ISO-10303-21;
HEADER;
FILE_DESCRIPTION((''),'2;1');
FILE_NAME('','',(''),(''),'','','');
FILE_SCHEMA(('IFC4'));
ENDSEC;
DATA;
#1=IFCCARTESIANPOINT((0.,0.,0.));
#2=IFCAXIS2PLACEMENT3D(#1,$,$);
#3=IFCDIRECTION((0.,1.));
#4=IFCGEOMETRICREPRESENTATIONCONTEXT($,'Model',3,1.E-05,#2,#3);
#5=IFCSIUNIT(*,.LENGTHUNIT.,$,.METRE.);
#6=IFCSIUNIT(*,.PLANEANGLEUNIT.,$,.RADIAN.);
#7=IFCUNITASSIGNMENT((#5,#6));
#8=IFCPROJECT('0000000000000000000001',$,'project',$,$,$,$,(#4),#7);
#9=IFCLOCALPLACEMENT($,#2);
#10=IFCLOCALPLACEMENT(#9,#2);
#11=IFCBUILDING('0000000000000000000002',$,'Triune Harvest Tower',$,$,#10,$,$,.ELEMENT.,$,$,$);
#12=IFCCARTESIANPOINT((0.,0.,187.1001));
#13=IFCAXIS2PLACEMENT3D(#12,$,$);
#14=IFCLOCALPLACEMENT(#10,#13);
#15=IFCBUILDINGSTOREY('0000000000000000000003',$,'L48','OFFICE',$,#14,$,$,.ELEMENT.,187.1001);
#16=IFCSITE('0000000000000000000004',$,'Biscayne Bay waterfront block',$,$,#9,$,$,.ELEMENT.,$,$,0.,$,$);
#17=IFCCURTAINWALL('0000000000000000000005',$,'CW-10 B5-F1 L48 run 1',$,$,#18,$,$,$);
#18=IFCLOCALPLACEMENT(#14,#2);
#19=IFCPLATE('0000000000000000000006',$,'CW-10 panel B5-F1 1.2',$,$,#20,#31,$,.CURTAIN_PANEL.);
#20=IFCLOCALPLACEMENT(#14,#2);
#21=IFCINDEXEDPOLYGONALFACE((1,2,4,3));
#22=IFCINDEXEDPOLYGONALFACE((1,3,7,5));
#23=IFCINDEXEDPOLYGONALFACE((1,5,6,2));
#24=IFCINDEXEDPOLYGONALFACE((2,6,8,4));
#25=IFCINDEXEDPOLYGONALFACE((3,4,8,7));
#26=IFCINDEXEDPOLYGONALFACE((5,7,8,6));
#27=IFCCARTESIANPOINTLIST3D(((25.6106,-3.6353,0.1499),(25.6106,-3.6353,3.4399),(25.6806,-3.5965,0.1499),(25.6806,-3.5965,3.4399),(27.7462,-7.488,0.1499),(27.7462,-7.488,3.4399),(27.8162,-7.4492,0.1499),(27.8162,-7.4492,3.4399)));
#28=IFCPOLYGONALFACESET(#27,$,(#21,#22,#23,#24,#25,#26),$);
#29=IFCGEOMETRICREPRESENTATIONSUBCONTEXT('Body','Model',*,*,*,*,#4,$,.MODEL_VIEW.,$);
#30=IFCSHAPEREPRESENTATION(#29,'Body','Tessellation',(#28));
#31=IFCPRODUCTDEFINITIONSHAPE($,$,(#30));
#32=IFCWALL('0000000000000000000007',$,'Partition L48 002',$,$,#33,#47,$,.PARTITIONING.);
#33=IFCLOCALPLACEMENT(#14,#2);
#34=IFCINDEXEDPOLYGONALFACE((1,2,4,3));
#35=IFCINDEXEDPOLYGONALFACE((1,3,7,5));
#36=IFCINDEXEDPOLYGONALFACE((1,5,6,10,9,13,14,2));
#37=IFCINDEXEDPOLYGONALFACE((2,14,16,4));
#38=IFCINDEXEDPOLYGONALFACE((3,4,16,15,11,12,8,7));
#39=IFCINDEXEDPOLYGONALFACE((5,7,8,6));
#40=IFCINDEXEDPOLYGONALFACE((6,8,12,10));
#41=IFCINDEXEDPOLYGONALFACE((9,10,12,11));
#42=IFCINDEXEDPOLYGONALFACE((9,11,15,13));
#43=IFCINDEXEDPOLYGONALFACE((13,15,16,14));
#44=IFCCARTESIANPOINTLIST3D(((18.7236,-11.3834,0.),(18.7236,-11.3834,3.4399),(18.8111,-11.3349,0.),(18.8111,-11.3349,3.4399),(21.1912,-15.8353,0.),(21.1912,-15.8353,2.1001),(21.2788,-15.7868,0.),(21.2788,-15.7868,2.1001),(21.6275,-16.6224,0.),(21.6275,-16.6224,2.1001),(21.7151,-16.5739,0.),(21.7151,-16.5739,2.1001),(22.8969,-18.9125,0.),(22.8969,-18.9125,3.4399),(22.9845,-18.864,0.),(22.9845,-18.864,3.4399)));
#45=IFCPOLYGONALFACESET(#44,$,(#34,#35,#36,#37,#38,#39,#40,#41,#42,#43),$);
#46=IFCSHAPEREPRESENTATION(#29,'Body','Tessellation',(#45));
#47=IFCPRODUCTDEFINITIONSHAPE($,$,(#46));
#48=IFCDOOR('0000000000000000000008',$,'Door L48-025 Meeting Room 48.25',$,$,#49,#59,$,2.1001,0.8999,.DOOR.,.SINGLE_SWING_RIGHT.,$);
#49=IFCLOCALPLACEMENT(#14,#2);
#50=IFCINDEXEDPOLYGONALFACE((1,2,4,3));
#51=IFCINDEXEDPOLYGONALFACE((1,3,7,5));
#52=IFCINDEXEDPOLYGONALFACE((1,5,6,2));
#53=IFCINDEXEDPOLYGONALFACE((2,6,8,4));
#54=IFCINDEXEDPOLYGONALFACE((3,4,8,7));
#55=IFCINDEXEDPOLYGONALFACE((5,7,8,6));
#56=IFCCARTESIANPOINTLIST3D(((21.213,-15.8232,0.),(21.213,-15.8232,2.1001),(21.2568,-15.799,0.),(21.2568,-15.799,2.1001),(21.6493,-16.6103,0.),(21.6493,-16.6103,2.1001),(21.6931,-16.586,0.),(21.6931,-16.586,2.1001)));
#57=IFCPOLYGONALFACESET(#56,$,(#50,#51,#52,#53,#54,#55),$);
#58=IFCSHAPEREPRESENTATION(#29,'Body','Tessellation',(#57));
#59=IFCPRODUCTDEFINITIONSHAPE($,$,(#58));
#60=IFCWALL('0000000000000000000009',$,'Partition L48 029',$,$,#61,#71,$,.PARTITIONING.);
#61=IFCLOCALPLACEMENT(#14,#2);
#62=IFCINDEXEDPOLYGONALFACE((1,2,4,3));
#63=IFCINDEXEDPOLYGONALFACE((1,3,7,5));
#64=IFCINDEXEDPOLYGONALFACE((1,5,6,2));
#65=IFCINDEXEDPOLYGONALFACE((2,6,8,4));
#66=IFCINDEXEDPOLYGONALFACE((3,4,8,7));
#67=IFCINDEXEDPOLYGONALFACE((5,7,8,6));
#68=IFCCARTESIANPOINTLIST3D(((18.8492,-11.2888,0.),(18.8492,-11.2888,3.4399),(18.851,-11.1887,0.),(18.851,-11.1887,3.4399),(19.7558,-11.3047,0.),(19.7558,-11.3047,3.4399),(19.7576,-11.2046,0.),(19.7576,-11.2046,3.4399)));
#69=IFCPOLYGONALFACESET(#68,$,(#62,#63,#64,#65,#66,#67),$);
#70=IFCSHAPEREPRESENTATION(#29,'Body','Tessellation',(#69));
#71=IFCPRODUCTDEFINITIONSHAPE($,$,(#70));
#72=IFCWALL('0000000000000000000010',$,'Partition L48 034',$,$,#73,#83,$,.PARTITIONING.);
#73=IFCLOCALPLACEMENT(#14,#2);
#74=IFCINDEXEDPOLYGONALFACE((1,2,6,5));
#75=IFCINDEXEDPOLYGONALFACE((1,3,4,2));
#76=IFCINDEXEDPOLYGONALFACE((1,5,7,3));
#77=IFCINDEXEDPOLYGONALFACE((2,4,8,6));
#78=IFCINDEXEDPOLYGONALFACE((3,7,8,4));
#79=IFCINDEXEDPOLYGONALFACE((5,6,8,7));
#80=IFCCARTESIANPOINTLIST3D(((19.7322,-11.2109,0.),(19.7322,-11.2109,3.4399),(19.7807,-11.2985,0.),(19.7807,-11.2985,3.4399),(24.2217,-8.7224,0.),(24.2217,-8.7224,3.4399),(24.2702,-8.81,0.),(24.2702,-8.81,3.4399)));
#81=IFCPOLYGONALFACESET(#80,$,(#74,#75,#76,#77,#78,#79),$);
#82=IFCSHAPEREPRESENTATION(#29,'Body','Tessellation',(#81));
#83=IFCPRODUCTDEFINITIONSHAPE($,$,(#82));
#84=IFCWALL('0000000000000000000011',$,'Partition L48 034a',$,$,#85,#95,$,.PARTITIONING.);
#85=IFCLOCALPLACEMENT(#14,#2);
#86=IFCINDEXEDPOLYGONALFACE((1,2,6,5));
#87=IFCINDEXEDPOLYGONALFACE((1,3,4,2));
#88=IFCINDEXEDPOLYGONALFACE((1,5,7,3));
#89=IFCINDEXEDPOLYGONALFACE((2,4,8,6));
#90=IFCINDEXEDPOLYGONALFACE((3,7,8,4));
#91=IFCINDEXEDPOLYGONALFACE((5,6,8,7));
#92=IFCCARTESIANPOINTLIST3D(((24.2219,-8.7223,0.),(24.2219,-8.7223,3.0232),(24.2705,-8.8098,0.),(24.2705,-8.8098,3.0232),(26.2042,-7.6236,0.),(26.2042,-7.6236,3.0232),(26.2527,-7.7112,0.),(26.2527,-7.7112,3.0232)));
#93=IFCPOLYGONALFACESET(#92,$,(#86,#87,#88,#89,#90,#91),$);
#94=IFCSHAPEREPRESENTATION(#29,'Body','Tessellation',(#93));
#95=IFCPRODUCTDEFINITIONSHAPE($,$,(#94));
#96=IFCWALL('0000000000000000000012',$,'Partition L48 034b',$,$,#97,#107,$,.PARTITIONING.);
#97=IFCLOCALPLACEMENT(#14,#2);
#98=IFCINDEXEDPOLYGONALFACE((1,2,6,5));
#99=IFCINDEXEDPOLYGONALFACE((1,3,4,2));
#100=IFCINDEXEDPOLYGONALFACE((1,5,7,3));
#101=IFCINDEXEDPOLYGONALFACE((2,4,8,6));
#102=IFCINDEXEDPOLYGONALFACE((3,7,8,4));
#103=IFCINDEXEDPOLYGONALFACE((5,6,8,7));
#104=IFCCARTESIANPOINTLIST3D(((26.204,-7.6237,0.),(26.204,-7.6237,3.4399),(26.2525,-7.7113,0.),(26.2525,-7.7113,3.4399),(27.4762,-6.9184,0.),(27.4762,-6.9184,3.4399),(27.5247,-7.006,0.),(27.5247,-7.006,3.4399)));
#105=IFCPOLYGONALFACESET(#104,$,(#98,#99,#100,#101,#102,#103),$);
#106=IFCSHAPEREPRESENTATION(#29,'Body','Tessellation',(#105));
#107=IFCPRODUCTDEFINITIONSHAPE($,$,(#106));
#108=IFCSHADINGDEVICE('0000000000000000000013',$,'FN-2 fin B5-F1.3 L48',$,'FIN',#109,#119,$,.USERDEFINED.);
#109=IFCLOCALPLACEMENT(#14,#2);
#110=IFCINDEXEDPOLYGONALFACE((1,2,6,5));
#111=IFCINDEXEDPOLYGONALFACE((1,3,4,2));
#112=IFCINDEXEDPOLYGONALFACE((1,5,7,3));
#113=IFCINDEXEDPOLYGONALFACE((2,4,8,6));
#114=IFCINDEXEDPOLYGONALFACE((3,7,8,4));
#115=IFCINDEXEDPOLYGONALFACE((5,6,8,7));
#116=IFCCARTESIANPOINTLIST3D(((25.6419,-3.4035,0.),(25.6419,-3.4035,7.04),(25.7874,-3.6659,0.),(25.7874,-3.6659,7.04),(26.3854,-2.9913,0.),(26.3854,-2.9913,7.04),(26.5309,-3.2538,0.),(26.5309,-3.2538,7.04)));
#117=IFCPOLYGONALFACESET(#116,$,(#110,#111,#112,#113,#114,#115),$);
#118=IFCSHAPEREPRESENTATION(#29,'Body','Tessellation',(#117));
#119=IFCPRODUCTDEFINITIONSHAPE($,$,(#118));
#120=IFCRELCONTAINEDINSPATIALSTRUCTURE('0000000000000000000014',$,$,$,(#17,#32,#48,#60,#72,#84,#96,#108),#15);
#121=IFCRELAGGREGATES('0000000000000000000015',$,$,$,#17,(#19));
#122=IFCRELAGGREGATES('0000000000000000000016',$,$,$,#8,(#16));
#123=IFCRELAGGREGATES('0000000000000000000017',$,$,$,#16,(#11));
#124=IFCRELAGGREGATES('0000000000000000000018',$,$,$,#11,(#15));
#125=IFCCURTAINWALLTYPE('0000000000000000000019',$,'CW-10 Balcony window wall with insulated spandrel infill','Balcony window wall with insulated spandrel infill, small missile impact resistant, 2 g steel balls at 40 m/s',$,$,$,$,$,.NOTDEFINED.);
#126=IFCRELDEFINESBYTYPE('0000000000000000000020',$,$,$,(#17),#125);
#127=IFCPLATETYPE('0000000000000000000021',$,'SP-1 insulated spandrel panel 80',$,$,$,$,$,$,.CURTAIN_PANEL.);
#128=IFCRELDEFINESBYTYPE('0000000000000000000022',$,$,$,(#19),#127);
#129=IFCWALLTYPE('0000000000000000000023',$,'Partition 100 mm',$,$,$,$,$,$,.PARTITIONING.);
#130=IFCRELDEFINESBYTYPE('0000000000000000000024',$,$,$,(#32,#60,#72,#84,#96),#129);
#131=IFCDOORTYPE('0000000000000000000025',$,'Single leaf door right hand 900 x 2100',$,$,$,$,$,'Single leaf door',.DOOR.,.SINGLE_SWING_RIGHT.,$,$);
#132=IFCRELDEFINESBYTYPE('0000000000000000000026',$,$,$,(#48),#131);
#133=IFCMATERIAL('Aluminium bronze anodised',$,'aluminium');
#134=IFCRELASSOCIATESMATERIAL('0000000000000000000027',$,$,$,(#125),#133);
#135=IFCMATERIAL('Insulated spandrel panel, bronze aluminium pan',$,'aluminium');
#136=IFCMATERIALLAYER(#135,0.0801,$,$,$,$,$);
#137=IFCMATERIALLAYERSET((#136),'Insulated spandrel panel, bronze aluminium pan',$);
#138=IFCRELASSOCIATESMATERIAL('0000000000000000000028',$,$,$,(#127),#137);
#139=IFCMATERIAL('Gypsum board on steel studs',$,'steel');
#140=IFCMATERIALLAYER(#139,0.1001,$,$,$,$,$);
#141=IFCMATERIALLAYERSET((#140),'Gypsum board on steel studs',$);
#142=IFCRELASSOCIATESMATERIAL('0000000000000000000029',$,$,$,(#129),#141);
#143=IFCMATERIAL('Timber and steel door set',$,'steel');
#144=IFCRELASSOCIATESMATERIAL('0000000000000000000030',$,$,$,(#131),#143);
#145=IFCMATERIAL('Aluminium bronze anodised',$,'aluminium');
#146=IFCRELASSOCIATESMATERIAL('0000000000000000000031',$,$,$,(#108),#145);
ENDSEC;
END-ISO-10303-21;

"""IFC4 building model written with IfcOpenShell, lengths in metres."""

from ifc_helpers import new_model, si_unit, direction, frame, frame_2d, origin, origin_2d, place, context, subcontext, project, spatial, rectangle, extrude, source, transform, mapped, material, layer, layer_set, type_object, element, fill, aggregate, save


model = new_model("IFC4")

# Units and contexts
model_context = context("Model", 3, precision=1e-05, world=origin(), true_north=direction((0.0, 1.0)))
body_context = subcontext(model_context, "Body", "Model", "MODEL_VIEW")
ifc_project = project(units=[si_unit("LENGTHUNIT", "METRE"), si_unit("PLANEANGLEUNIT", "RADIAN")], contexts=[model_context])

# Site, building, storey
site_placement = place(None, origin())
site = spatial("IfcSite", under=ifc_project, at=site_placement, Name="Biscayne Bay waterfront block", CompositionType="ELEMENT", RefElevation=0.0)
building_placement = place(site_placement, origin())
building = spatial("IfcBuilding", under=site, at=building_placement, Name="Triune Harvest Tower", CompositionType="ELEMENT")
storey_placement = place(building_placement, frame((0.0, 0.0, 187.1001)))
storey = spatial("IfcBuildingStorey", under=building, at=storey_placement, Name="L48", Description="OFFICE", CompositionType="ELEMENT", Elevation=187.1001)

# Curtain wall
ifc_material_1 = material(Name="Aluminium bronze anodised", Category="aluminium")
curtain_wall_type_1 = type_object("IfcCurtainWallType", Name="CW-10 Balcony window wall with insulated spandrel infill", Description="Balcony window wall with insulated spandrel infill, small missile impact resistant, 2 g steel balls at 40 m/s", PredefinedType="NOTDEFINED", material=ifc_material_1)
curtain_wall_1_placement = place(storey_placement, origin())
curtain_wall_1 = element("IfcCurtainWall", 1, at=curtain_wall_1_placement, inside=storey, type_object=curtain_wall_type_1, Name="CW-10 B5-F1 L48 run 1")

# Plate
ifc_material_2 = material(Name="Insulated spandrel panel, bronze aluminium pan", Category="aluminium")
ifc_layer_1 = layer(ifc_material_2, 0.0801)
ifc_layer_set_1 = layer_set([ifc_layer_1], Name="Insulated spandrel panel, bronze aluminium pan")
plate_type_1 = type_object("IfcPlateType", Name="SP-1 insulated spandrel panel 80", PredefinedType="CURTAIN_PANEL", material=ifc_layer_set_1)
shared_shape_1 = source(origin(), body_context, "Body", "SweptSolid", [
    extrude(rectangle(XDim=4.405, YDim=0.0801, at=origin_2d()), origin(), (0.0, 0.0, 1.0), 3.29),
])
plate_1_placement = place(storey_placement, frame((26.7134, -5.5422, 0.1499), z_axis=(0.0, 0.0, 1.0), x_axis=(-0.484807, 0.874621, 0.0)))
plate_1 = element("IfcPlate", 2, at=plate_1_placement, type_object=plate_type_1, Name="CW-10 panel B5-F1 1.2", PredefinedType="CURTAIN_PANEL", context=body_context, shape_type="MappedRepresentation", body=[
    mapped(shared_shape_1, transform((0.0, 0.0, 0.0), scale=1.0)),
])
aggregate(curtain_wall_1, [plate_1])

# Wall, opening, door
ifc_material_3 = material(Name="Gypsum board on steel studs", Category="steel")
ifc_layer_2 = layer(ifc_material_3, 0.1001)
ifc_layer_set_2 = layer_set([ifc_layer_2], Name="Gypsum board on steel studs")
wall_type = type_object("IfcWallType", Name="Partition 100 mm", PredefinedType="PARTITIONING", material=ifc_layer_set_2)
wall_1_placement = place(storey_placement, frame((18.7673, -11.3591, 0.0), z_axis=(0.0, 0.0, 1.0), x_axis=(0.484802, -0.874624, 0.0)))
wall_1 = element("IfcWall", 3, at=wall_1_placement, inside=storey, type_object=wall_type, Name="Partition L48 002", PredefinedType="PARTITIONING", context=body_context, shape_type="SweptSolid", body=[
    extrude(rectangle(XDim=8.6084, YDim=0.1001, at=frame_2d((4.3042, 0.0))), origin(), (0.0, 0.0, 1.0), 3.4399),
])
opening_placement = place(wall_1_placement, frame((5.0901, 0.0, 0.0)))
opening = element("IfcOpeningElement", 4, at=opening_placement, cuts=wall_1, PredefinedType="OPENING", context=body_context, shape_type="SweptSolid", body=[
    extrude(rectangle(XDim=0.8999, YDim=2.1001, at=frame_2d((0.45, 1.05))), frame((0.0, 0.0601, 0.0), z_axis=(0.0, -1.0, 0.0), x_axis=(1.0, 0.0, 0.0)), (0.0, 0.0, 1.0), 0.1201),
])
ifc_material_4 = material(Name="Timber and steel door set", Category="steel")
door_type = type_object("IfcDoorType", Name="Single leaf door right hand 900 x 2100", ElementType="Single leaf door", OperationType="SINGLE_SWING_RIGHT", PredefinedType="DOOR", material=ifc_material_4)
door_placement = place(opening_placement, origin())
door = element("IfcDoor", 5, at=door_placement, inside=storey, type_object=door_type, Name="Door L48-025 Meeting Room 48.25", OperationType="SINGLE_SWING_RIGHT", OverallHeight=2.1001, OverallWidth=0.8999, PredefinedType="DOOR", context=body_context, shape_type="SweptSolid", body=[
    extrude(rectangle(XDim=0.8999, YDim=2.1001, at=frame_2d((0.45, 1.05))), frame((0.0, 0.0249, 0.0), z_axis=(0.0, -1.0, 0.0), x_axis=(1.0, 0.0, 0.0)), (0.0, 0.0, 1.0), 0.05),
])
fill(opening, door)

# Walls
wall_2_placement = place(storey_placement, frame((18.8501, -11.2388, 0.0), z_axis=(0.0, 0.0, 1.0), x_axis=(0.999847, -0.017503, 0.0)))
element("IfcWall", 6, at=wall_2_placement, inside=storey, type_object=wall_type, Name="Partition L48 029", PredefinedType="PARTITIONING", context=body_context, shape_type="SweptSolid", body=[
    extrude(rectangle(XDim=0.9067, YDim=0.1001, at=frame_2d((0.4534, 0.0))), origin(), (0.0, 0.0, 1.0), 3.4399),
])
wall_3_placement = place(storey_placement, frame((19.7566, -11.2546, 0.0), z_axis=(0.0, 0.0, 1.0), x_axis=(0.874624, 0.484803, 0.0)))
element("IfcWall", 7, at=wall_3_placement, inside=storey, type_object=wall_type, Name="Partition L48 034", PredefinedType="PARTITIONING", context=body_context, shape_type="SweptSolid", body=[
    extrude(rectangle(XDim=5.1331, YDim=0.1001, at=frame_2d((2.5664, 0.0))), origin(), (0.0, 0.0, 1.0), 3.4399),
])
wall_4_placement = place(storey_placement, frame((24.2461, -8.7661, 0.0), z_axis=(0.0, 0.0, 1.0), x_axis=(0.87464, 0.484774, 0.0)))
element("IfcWall", 8, at=wall_4_placement, inside=storey, type_object=wall_type, Name="Partition L48 034a", PredefinedType="PARTITIONING", context=body_context, shape_type="SweptSolid", body=[
    extrude(rectangle(XDim=2.2664, YDim=0.1001, at=frame_2d((1.1333, 0.0))), origin(), (0.0, 0.0, 1.0), 3.0232),
])
shared_shape_2 = source(origin(), body_context, "Body", "SweptSolid", [
    extrude(rectangle(XDim=1.4546, YDim=0.1001, at=frame_2d((0.7273, 0.0))), origin(), (0.0, 0.0, 1.0), 3.4399),
])
wall_5_placement = place(storey_placement, frame((26.2283, -7.6675, 0.0), z_axis=(0.0, 0.0, 1.0), x_axis=(0.874584, 0.484873, 0.0)))
element("IfcWall", 9, at=wall_5_placement, inside=storey, type_object=wall_type, Name="Partition L48 034b", PredefinedType="PARTITIONING", context=body_context, shape_type="MappedRepresentation", body=[
    mapped(shared_shape_2, transform((0.0, 0.0, 0.0), scale=1.0)),
])

# Shading device
ifc_material_5 = material(Name="Aluminium bronze anodised", Category="aluminium")
shared_shape_3 = source(origin(), body_context, "Body", "SweptSolid", [
    extrude(rectangle(XDim=0.3, YDim=0.8501, at=origin_2d()), origin(), (0.0, 0.0, 1.0), 7.04),
])
shading_device_placement = place(storey_placement, frame((26.0864, -3.3286, 0.0), z_axis=(0.0, 0.0, 1.0), x_axis=(-0.484808, 0.87462, 0.0)))
element("IfcShadingDevice", 10, at=shading_device_placement, inside=storey, material=ifc_material_5, Name="FN-2 fin B5-F1.3 L48", ObjectType="FIN", PredefinedType="USERDEFINED", context=body_context, shape_type="MappedRepresentation", body=[
    mapped(shared_shape_3, transform((0.0, 0.0, 0.0), scale=1.0)),
])

save(model, "model.ifc")
